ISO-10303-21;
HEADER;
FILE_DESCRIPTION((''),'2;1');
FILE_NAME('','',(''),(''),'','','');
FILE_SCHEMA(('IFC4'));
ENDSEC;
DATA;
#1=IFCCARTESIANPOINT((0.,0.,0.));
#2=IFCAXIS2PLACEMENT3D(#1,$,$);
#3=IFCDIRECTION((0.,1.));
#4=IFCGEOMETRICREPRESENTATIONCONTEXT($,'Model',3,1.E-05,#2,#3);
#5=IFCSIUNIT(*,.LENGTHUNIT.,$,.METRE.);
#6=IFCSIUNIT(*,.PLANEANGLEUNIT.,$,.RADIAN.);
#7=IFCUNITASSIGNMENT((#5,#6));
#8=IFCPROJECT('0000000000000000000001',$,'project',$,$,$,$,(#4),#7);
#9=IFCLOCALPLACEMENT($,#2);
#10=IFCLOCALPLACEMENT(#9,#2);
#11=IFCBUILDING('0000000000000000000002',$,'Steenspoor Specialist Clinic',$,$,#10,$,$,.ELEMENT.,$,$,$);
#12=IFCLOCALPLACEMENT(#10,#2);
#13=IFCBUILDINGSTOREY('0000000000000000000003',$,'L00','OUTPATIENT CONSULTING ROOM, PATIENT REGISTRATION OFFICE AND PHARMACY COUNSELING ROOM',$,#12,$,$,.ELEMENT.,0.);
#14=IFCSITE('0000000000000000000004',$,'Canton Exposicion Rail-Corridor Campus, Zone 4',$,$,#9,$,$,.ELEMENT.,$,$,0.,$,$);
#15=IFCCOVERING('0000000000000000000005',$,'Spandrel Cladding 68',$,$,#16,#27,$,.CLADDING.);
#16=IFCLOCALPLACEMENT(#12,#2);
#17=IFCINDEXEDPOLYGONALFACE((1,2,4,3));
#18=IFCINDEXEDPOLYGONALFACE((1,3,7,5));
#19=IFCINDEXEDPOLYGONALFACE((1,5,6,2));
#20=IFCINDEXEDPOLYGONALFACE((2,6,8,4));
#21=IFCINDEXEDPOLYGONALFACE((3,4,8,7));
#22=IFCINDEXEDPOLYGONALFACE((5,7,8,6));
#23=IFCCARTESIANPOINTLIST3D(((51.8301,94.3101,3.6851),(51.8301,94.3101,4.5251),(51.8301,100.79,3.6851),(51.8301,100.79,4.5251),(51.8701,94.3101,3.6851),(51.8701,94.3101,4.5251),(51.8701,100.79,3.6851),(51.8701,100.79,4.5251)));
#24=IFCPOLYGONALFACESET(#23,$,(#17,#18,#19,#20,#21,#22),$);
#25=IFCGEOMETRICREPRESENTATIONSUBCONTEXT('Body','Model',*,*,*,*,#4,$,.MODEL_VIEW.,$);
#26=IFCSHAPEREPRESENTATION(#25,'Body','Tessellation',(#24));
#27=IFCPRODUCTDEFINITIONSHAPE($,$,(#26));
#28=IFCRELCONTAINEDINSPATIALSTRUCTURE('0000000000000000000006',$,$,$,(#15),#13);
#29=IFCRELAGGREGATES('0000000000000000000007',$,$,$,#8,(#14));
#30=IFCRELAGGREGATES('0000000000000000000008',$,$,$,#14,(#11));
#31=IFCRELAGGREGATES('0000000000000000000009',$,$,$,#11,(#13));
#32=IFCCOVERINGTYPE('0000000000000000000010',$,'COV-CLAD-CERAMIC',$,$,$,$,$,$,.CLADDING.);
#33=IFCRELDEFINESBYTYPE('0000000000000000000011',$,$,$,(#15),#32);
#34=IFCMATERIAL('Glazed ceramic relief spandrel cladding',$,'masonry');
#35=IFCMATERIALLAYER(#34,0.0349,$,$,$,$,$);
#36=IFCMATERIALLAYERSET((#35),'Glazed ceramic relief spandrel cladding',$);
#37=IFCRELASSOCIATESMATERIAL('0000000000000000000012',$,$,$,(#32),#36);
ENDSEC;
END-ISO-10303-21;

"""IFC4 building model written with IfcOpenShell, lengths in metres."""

from ifc_helpers import new_model, si_unit, direction, frame, origin, origin_2d, place, context, subcontext, project, spatial, rectangle, extrude, material, layer, layer_set, type_object, element, save


model = new_model("IFC4")

# Units and contexts
model_context = context("Model", 3, precision=1e-05, world=origin(), true_north=direction((0.0, 1.0)))
body_context = subcontext(model_context, "Body", "Model", "MODEL_VIEW")
ifc_project = project(units=[si_unit("LENGTHUNIT", "METRE"), si_unit("PLANEANGLEUNIT", "RADIAN")], contexts=[model_context])

# Site, building, storey
site_placement = place(None, origin())
site = spatial("IfcSite", under=ifc_project, at=site_placement, Name="Canton Exposicion Rail-Corridor Campus, Zone 4", CompositionType="ELEMENT", RefElevation=0.0)
building_placement = place(site_placement, origin())
building = spatial("IfcBuilding", under=site, at=building_placement, Name="Steenspoor Specialist Clinic", CompositionType="ELEMENT")
storey_placement = place(building_placement, origin())
storey = spatial("IfcBuildingStorey", under=building, at=storey_placement, Name="L00", Description="OUTPATIENT CONSULTING ROOM, PATIENT REGISTRATION OFFICE AND PHARMACY COUNSELING ROOM", CompositionType="ELEMENT", Elevation=0.0)

# Covering
ifc_material_1 = material(Name="Glazed ceramic relief spandrel cladding", Category="masonry")
ifc_layer_1 = layer(ifc_material_1, 0.0349)
ifc_layer_set_1 = layer_set([ifc_layer_1], Name="Glazed ceramic relief spandrel cladding")
covering_type = type_object("IfcCoveringType", Name="COV-CLAD-CERAMIC", PredefinedType="CLADDING", material=ifc_layer_set_1)
covering_placement = place(storey_placement, frame((51.8501, 97.55, 3.6851), z_axis=(0.0, 0.0, 1.0), x_axis=(0.0, -1.0, 0.0)))
element("IfcCovering", 1, at=covering_placement, inside=storey, type_object=covering_type, Name="Spandrel Cladding 68", PredefinedType="CLADDING", context=body_context, shape_type="SweptSolid", body=[
    extrude(rectangle(XDim=6.48, YDim=0.04, at=origin_2d()), origin(), (0.0, 0.0, 1.0), 0.8401),
])

save(model, "model.ifc")
